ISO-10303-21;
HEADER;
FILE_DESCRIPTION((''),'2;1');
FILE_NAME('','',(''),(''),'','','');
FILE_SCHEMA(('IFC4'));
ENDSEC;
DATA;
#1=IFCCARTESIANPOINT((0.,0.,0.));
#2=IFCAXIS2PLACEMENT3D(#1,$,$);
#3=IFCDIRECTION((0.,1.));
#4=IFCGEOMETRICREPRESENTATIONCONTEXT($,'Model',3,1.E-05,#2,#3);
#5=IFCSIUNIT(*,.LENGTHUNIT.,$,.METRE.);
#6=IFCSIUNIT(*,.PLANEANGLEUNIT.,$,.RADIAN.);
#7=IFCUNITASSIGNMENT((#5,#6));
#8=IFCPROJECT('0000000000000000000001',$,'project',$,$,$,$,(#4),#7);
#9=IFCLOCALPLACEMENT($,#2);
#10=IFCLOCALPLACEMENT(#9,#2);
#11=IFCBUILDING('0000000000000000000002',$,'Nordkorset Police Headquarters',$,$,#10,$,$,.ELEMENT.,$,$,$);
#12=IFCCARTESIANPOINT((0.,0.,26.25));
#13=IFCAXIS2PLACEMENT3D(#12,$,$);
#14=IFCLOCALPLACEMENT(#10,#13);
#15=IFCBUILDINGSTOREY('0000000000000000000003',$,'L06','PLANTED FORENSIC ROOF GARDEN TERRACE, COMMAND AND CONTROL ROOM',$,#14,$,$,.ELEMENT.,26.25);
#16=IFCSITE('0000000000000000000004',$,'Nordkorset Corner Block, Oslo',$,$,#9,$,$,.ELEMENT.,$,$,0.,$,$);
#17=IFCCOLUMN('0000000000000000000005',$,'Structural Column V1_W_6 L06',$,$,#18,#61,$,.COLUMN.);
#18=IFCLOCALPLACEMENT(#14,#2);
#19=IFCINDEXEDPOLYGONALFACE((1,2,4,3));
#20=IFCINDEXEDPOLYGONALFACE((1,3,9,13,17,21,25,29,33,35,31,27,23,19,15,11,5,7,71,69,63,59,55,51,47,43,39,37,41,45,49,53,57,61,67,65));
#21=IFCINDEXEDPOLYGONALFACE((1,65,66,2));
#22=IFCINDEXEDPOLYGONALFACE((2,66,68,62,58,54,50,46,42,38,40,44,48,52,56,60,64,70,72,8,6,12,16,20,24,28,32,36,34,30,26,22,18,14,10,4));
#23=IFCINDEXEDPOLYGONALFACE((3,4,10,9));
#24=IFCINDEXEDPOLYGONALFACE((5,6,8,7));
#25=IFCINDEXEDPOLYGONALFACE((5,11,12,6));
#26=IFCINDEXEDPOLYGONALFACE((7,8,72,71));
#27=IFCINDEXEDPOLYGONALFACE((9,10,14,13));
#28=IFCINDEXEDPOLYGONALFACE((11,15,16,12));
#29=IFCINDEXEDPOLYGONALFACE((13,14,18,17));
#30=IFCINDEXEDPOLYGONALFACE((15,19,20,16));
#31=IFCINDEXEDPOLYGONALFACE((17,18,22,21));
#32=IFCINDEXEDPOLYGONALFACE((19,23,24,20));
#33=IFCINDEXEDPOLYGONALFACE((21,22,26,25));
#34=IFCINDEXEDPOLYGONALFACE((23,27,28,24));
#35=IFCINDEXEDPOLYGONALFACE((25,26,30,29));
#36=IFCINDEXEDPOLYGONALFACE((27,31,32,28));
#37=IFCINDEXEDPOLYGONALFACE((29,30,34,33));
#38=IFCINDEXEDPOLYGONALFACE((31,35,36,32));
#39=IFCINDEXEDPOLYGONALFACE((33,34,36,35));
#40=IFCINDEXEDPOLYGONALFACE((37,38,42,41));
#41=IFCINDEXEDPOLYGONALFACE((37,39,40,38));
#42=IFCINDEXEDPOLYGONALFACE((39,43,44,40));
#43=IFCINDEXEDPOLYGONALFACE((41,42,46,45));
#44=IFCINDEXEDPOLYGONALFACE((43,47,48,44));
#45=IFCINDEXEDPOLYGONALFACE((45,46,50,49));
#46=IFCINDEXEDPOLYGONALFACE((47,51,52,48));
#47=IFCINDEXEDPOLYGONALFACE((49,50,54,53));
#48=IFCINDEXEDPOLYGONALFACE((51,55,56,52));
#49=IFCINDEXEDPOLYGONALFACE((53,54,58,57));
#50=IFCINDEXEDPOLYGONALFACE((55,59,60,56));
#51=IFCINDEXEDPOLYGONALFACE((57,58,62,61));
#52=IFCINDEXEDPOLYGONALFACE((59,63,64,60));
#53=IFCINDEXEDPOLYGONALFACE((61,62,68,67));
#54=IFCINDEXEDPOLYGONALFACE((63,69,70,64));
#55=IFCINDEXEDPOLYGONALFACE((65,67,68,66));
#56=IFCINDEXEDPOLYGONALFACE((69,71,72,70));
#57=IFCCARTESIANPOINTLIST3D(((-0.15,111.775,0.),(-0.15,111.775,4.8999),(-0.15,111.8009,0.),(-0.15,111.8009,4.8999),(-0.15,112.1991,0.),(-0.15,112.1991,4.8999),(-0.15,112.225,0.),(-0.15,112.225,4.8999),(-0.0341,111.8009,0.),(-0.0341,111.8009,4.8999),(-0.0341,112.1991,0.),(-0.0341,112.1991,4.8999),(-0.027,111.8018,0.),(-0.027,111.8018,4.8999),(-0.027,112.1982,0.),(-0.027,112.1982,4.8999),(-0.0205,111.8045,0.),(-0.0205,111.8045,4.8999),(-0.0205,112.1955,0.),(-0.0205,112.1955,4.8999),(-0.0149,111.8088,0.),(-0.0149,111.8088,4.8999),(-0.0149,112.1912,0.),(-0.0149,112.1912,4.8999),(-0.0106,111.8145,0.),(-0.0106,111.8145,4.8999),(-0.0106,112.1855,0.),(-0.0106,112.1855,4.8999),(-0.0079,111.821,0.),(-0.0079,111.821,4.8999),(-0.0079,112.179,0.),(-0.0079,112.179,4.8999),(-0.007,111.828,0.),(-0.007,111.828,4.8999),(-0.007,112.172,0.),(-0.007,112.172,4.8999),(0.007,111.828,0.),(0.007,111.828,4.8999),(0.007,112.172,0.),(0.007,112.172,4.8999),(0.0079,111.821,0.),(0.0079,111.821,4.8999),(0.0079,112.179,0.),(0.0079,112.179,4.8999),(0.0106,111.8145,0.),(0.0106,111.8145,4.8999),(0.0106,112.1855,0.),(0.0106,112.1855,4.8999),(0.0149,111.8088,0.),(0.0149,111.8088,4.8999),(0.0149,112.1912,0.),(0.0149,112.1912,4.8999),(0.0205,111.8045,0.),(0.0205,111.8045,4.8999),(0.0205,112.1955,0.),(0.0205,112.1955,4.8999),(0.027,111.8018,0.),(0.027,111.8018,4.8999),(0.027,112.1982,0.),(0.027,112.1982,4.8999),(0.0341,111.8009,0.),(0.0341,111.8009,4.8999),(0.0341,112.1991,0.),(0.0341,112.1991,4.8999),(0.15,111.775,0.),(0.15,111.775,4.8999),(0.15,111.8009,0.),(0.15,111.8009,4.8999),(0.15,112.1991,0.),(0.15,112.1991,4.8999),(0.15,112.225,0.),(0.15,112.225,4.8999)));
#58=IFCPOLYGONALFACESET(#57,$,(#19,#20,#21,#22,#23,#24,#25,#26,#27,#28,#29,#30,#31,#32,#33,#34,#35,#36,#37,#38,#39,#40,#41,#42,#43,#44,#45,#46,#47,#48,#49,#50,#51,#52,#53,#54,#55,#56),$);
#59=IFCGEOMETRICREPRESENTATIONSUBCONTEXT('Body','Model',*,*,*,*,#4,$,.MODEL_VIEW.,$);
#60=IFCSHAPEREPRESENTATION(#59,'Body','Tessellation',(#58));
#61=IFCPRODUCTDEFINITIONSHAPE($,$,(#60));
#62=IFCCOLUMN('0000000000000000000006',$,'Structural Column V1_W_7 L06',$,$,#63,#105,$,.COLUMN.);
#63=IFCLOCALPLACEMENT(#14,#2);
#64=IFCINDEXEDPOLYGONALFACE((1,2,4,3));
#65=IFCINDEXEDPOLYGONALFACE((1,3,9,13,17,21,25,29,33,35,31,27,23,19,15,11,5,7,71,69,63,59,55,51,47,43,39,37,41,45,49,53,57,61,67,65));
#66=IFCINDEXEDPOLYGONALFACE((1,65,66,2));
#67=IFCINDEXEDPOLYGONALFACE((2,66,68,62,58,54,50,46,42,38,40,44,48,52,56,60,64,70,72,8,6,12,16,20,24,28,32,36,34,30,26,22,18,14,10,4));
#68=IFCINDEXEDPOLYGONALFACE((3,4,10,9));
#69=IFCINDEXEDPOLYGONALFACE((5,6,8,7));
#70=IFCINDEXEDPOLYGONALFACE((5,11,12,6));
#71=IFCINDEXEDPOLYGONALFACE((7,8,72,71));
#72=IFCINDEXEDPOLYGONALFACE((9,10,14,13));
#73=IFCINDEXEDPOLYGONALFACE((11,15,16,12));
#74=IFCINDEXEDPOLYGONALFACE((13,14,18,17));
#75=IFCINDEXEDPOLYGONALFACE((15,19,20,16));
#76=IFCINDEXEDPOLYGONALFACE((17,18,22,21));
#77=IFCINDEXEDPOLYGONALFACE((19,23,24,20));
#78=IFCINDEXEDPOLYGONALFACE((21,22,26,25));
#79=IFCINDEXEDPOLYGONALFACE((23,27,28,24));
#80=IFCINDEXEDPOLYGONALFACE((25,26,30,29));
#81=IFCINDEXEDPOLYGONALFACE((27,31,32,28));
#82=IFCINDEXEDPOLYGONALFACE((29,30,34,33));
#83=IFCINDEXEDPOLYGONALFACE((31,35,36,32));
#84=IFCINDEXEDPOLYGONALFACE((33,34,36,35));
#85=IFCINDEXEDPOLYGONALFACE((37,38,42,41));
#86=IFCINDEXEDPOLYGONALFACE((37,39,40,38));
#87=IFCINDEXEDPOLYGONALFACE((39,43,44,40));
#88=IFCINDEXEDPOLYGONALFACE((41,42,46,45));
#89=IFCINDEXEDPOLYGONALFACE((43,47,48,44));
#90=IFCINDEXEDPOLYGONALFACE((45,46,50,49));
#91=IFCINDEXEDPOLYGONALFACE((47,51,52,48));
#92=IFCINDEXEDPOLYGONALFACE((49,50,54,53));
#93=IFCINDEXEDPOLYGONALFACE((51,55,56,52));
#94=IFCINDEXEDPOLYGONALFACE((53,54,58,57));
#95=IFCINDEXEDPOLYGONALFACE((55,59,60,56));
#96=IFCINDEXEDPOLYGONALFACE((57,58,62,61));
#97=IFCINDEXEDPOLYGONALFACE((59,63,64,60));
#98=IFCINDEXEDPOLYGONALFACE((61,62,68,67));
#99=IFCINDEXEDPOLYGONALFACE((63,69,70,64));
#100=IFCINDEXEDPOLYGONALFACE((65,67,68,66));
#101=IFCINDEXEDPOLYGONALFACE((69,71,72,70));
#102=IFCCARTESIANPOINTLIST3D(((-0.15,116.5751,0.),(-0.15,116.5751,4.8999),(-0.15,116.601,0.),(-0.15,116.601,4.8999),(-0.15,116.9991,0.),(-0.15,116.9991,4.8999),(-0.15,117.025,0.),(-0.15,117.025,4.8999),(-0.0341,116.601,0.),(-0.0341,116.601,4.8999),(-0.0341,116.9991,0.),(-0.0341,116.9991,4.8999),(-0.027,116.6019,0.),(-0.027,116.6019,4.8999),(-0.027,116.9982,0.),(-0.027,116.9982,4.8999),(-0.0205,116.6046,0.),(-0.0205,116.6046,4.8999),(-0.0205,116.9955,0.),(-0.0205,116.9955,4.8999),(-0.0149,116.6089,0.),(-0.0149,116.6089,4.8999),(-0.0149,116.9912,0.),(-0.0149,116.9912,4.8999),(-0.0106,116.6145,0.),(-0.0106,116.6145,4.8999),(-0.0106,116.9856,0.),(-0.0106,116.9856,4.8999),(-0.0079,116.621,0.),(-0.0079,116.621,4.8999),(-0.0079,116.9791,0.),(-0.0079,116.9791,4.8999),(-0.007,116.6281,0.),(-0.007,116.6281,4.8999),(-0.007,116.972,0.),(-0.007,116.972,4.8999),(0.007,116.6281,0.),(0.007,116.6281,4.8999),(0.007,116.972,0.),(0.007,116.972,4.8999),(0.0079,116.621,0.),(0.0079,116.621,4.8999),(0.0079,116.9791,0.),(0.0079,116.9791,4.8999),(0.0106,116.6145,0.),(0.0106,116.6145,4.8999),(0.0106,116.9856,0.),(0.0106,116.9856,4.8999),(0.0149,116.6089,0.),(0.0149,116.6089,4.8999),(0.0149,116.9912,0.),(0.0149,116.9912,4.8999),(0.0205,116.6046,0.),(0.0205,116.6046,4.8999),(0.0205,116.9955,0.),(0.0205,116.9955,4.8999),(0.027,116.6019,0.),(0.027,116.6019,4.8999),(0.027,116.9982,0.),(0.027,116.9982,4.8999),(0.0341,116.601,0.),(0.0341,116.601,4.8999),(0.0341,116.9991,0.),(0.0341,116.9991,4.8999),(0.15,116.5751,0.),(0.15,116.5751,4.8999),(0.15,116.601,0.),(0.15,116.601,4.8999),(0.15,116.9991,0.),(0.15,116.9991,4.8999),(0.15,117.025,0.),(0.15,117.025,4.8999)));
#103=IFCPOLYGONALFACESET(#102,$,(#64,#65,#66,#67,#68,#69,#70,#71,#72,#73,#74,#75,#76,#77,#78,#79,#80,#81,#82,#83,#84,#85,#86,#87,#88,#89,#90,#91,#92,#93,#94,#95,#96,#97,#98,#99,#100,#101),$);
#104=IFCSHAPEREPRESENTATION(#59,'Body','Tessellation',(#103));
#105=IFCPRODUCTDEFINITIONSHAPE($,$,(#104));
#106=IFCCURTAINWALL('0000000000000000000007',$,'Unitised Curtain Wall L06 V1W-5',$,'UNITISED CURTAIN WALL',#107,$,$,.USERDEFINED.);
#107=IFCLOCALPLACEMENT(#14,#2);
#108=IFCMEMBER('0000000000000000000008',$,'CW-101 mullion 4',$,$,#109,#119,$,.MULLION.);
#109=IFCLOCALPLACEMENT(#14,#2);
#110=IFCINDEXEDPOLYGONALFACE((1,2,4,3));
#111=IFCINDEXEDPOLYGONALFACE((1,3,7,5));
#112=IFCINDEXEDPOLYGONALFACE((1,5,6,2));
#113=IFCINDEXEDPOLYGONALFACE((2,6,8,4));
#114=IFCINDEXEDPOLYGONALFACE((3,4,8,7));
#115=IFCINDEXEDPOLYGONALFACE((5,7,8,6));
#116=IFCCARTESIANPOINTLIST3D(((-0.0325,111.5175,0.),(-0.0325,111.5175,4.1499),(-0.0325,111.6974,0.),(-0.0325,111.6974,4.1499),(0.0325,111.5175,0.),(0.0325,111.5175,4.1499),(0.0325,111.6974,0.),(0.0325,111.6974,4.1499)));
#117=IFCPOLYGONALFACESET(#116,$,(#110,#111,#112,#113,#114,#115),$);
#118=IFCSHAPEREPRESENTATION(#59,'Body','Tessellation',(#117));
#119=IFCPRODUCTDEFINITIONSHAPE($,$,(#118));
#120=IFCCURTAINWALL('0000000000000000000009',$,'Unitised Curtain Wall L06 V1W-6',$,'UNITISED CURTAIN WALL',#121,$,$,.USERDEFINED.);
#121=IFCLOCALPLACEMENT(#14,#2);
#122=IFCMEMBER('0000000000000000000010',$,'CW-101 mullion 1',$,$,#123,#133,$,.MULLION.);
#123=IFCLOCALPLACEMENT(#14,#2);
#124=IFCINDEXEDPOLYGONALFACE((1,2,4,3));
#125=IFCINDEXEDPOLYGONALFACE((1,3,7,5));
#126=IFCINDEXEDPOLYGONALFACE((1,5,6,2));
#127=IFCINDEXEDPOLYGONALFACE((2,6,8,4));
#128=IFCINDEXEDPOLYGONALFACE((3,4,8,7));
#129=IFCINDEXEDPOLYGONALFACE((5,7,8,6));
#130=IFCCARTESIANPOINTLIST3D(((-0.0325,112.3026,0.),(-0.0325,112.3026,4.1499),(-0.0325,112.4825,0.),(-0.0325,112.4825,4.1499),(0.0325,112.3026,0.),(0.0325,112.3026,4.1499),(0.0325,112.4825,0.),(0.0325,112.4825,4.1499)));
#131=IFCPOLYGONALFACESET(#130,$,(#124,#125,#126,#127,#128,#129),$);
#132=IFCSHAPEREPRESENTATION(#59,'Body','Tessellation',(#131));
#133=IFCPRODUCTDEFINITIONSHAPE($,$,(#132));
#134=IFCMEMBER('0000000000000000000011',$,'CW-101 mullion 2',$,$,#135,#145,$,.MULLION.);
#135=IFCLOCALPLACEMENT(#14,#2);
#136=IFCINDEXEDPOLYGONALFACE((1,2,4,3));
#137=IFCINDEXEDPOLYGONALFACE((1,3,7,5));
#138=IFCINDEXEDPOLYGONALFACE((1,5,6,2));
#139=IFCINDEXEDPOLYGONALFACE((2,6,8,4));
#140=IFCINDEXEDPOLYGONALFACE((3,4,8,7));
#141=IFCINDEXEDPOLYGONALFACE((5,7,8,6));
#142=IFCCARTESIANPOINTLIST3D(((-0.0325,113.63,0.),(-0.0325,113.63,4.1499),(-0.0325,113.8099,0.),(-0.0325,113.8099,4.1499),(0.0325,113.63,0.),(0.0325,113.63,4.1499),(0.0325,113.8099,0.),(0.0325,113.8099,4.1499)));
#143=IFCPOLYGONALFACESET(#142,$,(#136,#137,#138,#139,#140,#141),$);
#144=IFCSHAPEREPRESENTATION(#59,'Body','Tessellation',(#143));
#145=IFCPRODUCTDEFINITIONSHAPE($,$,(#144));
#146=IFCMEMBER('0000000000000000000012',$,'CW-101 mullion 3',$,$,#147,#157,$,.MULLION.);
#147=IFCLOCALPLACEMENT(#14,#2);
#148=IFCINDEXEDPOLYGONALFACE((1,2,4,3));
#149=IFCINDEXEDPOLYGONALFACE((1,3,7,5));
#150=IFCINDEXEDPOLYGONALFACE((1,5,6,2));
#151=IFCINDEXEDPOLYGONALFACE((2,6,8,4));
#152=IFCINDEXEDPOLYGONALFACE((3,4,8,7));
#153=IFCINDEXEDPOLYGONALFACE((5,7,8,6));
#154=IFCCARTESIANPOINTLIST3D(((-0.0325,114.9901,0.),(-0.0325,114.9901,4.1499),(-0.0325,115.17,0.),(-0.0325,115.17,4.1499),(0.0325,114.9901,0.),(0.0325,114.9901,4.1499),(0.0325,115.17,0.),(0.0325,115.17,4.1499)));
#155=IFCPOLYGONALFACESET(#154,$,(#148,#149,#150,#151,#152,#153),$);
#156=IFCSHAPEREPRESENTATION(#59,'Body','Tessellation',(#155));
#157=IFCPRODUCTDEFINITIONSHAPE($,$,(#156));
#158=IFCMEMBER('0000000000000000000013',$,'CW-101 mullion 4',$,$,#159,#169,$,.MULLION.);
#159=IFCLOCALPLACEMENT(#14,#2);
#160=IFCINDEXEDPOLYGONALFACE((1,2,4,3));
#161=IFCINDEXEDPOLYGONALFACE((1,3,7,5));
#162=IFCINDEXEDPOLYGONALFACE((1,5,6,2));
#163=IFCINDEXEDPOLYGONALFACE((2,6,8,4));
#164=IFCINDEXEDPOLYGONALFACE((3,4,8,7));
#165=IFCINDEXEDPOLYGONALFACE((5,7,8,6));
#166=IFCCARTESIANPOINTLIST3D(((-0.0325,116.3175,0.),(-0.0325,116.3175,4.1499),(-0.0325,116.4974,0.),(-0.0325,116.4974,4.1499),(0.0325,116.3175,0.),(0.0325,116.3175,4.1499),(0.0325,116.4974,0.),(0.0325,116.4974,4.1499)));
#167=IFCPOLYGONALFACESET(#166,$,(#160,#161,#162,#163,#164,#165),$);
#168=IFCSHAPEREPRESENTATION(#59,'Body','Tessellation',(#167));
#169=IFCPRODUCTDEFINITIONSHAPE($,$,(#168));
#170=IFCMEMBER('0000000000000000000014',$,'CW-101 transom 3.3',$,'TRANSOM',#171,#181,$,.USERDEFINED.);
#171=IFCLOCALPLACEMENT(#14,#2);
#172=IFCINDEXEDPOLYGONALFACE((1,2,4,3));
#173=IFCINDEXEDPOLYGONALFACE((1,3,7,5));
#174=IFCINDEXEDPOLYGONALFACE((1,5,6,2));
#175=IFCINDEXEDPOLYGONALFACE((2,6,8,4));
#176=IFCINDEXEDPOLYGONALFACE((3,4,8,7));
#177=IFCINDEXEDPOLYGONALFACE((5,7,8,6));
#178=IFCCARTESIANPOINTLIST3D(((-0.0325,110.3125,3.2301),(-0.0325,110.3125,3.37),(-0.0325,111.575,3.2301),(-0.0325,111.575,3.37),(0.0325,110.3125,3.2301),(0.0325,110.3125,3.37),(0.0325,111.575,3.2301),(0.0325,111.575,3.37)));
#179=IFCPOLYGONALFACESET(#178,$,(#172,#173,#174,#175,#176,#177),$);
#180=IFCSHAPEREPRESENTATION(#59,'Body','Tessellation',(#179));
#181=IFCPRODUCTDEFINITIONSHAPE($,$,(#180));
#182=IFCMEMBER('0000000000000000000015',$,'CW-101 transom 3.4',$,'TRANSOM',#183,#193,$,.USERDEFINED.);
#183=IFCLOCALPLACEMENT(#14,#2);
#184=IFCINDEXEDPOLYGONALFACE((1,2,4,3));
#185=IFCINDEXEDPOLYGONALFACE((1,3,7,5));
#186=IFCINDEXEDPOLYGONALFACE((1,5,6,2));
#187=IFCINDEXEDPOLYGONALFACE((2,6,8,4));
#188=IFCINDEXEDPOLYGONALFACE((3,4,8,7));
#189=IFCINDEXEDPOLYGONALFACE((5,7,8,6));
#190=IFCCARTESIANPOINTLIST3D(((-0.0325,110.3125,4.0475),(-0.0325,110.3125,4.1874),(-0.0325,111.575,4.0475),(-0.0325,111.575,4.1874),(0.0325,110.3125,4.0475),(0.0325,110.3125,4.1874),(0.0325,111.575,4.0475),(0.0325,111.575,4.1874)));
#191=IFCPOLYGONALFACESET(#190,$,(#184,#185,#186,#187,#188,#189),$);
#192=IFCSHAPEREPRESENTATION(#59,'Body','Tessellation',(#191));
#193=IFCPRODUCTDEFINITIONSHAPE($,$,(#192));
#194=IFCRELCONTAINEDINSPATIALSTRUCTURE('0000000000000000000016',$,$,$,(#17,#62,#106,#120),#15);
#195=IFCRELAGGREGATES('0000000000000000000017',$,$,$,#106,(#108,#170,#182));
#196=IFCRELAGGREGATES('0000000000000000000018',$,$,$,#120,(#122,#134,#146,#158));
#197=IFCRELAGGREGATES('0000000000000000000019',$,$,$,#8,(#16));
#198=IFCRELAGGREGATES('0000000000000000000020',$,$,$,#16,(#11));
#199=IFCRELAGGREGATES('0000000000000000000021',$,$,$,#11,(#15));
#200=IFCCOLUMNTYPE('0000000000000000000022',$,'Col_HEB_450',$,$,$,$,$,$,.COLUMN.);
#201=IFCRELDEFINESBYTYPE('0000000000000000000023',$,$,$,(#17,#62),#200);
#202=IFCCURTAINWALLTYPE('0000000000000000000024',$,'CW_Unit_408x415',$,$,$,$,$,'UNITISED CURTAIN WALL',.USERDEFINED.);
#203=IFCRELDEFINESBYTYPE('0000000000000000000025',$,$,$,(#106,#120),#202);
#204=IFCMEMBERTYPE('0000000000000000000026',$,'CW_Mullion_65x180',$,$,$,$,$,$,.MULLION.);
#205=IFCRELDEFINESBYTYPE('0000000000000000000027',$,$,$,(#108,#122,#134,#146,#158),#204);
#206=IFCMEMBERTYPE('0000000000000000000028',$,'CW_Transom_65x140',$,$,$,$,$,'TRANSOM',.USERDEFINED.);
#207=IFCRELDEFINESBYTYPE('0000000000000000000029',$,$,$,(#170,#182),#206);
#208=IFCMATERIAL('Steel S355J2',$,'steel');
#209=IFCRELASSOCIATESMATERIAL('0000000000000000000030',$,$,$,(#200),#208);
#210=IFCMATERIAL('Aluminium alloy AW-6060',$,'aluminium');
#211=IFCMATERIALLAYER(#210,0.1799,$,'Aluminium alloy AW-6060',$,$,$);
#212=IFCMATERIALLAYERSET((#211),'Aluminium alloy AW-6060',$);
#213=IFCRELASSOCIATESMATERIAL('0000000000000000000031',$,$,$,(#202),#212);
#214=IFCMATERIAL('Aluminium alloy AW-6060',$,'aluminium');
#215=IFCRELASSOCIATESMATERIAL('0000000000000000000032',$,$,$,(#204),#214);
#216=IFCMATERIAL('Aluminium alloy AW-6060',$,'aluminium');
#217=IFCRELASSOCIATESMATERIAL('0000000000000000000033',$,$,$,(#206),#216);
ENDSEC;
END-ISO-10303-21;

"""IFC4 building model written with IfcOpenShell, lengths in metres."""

from ifc_helpers import new_model, si_unit, direction, frame, origin, origin_2d, place, context, subcontext, project, spatial, rectangle, i_section, extrude, material, layer, layer_set, material_profile, profile_set, type_object, element, aggregate, save


model = new_model("IFC4")

# Units and contexts
model_context = context("Model", 3, precision=1e-05, world=origin(), true_north=direction((0.0, 1.0)))
body_context = subcontext(model_context, "Body", "Model", "MODEL_VIEW")
ifc_project = project(units=[si_unit("LENGTHUNIT", "METRE"), si_unit("PLANEANGLEUNIT", "RADIAN")], contexts=[model_context])

# Site, building, storey
site_placement = place(None, origin())
site = spatial("IfcSite", under=ifc_project, at=site_placement, Name="Nordkorset Corner Block, Oslo", CompositionType="ELEMENT", RefElevation=0.0)
building_placement = place(site_placement, origin())
building = spatial("IfcBuilding", under=site, at=building_placement, Name="Nordkorset Police Headquarters", CompositionType="ELEMENT")
storey_placement = place(building_placement, frame((0.0, 0.0, 26.25)))
storey = spatial("IfcBuildingStorey", under=building, at=storey_placement, Name="L06", Description="PLANTED FORENSIC ROOF GARDEN TERRACE, COMMAND AND CONTROL ROOM", CompositionType="ELEMENT", Elevation=26.25)

# Columns
ifc_material_1 = material(Name="Steel S355J2", Category="steel")
ifc_material_profile_1 = material_profile(ifc_material_1, i_section(OverallWidth=0.3, OverallDepth=0.45, WebThickness=0.0139, FlangeThickness=0.0259, FilletRadius=0.0271, at=origin_2d()), Name="HEB 450")
ifc_profile_set_1 = profile_set([ifc_material_profile_1], Name="Steel S355J2")
column_type = type_object("IfcColumnType", Name="Col_HEB_450", PredefinedType="COLUMN", material=ifc_profile_set_1)
for number, where, z_axis, x_axis, name in (
    (1, (0.0, 112.0, 0.0), (0.0, 0.0, 1.0), (1.0, 0.0, 0.0), "Structural Column V1_W_6 L06"),
    (2, (0.0, 116.8, 0.0), (0.0, 0.0, 1.0), (1.0, 0.0, 0.0), "Structural Column V1_W_7 L06"),
):
    element("IfcColumn", number, at=place(storey_placement, frame(where, z_axis=z_axis, x_axis=x_axis)), inside=storey, type_object=column_type, Name=name, PredefinedType="COLUMN", context=body_context, shape_type="SweptSolid", body=[
        extrude(i_section(OverallWidth=0.3, OverallDepth=0.45, WebThickness=0.0139, FlangeThickness=0.0259, FilletRadius=0.0271, at=origin_2d()), origin(), (0.0, 0.0, 1.0), 4.8999),
    ])

# Curtain wall, member
ifc_material_2 = material(Name="Aluminium alloy AW-6060", Category="aluminium")
ifc_layer_1 = layer(ifc_material_2, 0.1799, Name="Aluminium alloy AW-6060")
ifc_layer_set_1 = layer_set([ifc_layer_1], Name="Aluminium alloy AW-6060")
curtain_wall_type = type_object("IfcCurtainWallType", Name="CW_Unit_408x415", ElementType="UNITISED CURTAIN WALL", PredefinedType="USERDEFINED", material=ifc_layer_set_1)
curtain_wall_1_placement = place(storey_placement, origin())
curtain_wall_1 = element("IfcCurtainWall", 3, at=curtain_wall_1_placement, inside=storey, type_object=curtain_wall_type, Name="Unitised Curtain Wall L06 V1W-5", ObjectType="UNITISED CURTAIN WALL", PredefinedType="USERDEFINED")
ifc_material_3 = material(Name="Aluminium alloy AW-6060", Category="aluminium")
ifc_material_profile_2 = material_profile(ifc_material_3, rectangle(XDim=0.0649, YDim=0.1799, at=origin_2d()), Name="ALU MULL 65x180")
ifc_profile_set_2 = profile_set([ifc_material_profile_2], Name="Aluminium alloy AW-6060")
member_type_1 = type_object("IfcMemberType", Name="CW_Mullion_65x180", PredefinedType="MULLION", material=ifc_profile_set_2)
member_1_placement = place(storey_placement, frame((0.0, 111.6074, 0.0), z_axis=(0.0, 0.0, 1.0), x_axis=(-1.0, 0.0, 0.0)))
member_1 = element("IfcMember", 4, at=member_1_placement, type_object=member_type_1, Name="CW-101 mullion 4", PredefinedType="MULLION", context=body_context, shape_type="SweptSolid", body=[
    extrude(rectangle(XDim=0.0649, YDim=0.1799, at=origin_2d()), origin(), (0.0, 0.0, 1.0), 4.1499),
])

# Curtain wall, members
curtain_wall_2_placement = place(storey_placement, origin())
curtain_wall_2 = element("IfcCurtainWall", 5, at=curtain_wall_2_placement, inside=storey, type_object=curtain_wall_type, Name="Unitised Curtain Wall L06 V1W-6", ObjectType="UNITISED CURTAIN WALL", PredefinedType="USERDEFINED")
member_2_placement = place(storey_placement, frame((0.0, 112.3926, 0.0), z_axis=(0.0, 0.0, 1.0), x_axis=(-1.0, 0.0, 0.0)))
member_2 = element("IfcMember", 6, at=member_2_placement, type_object=member_type_1, Name="CW-101 mullion 1", PredefinedType="MULLION", context=body_context, shape_type="SweptSolid", body=[
    extrude(rectangle(XDim=0.0649, YDim=0.1799, at=origin_2d()), origin(), (0.0, 0.0, 1.0), 4.1499),
])
member_3_placement = place(storey_placement, frame((0.0, 113.72, 0.0), z_axis=(0.0, 0.0, 1.0), x_axis=(-1.0, 0.0, 0.0)))
member_3 = element("IfcMember", 7, at=member_3_placement, type_object=member_type_1, Name="CW-101 mullion 2", PredefinedType="MULLION", context=body_context, shape_type="SweptSolid", body=[
    extrude(rectangle(XDim=0.0649, YDim=0.1799, at=origin_2d()), origin(), (0.0, 0.0, 1.0), 4.1499),
])
member_4_placement = place(storey_placement, frame((0.0, 115.0801, 0.0), z_axis=(0.0, 0.0, 1.0), x_axis=(-1.0, 0.0, 0.0)))
member_4 = element("IfcMember", 8, at=member_4_placement, type_object=member_type_1, Name="CW-101 mullion 3", PredefinedType="MULLION", context=body_context, shape_type="SweptSolid", body=[
    extrude(rectangle(XDim=0.0649, YDim=0.1799, at=origin_2d()), origin(), (0.0, 0.0, 1.0), 4.1499),
])
member_5_placement = place(storey_placement, frame((0.0, 116.4075, 0.0), z_axis=(0.0, 0.0, 1.0), x_axis=(-1.0, 0.0, 0.0)))
member_5 = element("IfcMember", 9, at=member_5_placement, type_object=member_type_1, Name="CW-101 mullion 4", PredefinedType="MULLION", context=body_context, shape_type="SweptSolid", body=[
    extrude(rectangle(XDim=0.0649, YDim=0.1799, at=origin_2d()), origin(), (0.0, 0.0, 1.0), 4.1499),
])

# Members
ifc_material_4 = material(Name="Aluminium alloy AW-6060", Category="aluminium")
ifc_material_profile_3 = material_profile(ifc_material_4, rectangle(XDim=0.0649, YDim=0.1399, at=origin_2d()), Name="ALU TRAN 65x140")
ifc_profile_set_3 = profile_set([ifc_material_profile_3], Name="Aluminium alloy AW-6060")
member_type_2 = type_object("IfcMemberType", Name="CW_Transom_65x140", ElementType="TRANSOM", PredefinedType="USERDEFINED", material=ifc_profile_set_3)
member_6_placement = place(storey_placement, frame((0.0, 110.3125, 3.3), z_axis=(0.0, 1.0, 0.0), x_axis=(-1.0, 0.0, 0.0)))
member_6 = element("IfcMember", 10, at=member_6_placement, type_object=member_type_2, Name="CW-101 transom 3.3", ObjectType="TRANSOM", PredefinedType="USERDEFINED", context=body_context, shape_type="SweptSolid", body=[
    extrude(rectangle(XDim=0.0649, YDim=0.1399, at=origin_2d()), origin(), (0.0, 0.0, 1.0), 1.2625),
])
member_7_placement = place(storey_placement, frame((0.0, 110.3125, 4.1174), z_axis=(0.0, 1.0, 0.0), x_axis=(-1.0, 0.0, 0.0)))
member_7 = element("IfcMember", 11, at=member_7_placement, type_object=member_type_2, Name="CW-101 transom 3.4", ObjectType="TRANSOM", PredefinedType="USERDEFINED", context=body_context, shape_type="SweptSolid", body=[
    extrude(rectangle(XDim=0.0649, YDim=0.1399, at=origin_2d()), origin(), (0.0, 0.0, 1.0), 1.2625),
])

aggregate(curtain_wall_1, [member_1, member_6, member_7])
aggregate(curtain_wall_2, [member_2, member_3, member_4, member_5])

save(model, "model.ifc")
